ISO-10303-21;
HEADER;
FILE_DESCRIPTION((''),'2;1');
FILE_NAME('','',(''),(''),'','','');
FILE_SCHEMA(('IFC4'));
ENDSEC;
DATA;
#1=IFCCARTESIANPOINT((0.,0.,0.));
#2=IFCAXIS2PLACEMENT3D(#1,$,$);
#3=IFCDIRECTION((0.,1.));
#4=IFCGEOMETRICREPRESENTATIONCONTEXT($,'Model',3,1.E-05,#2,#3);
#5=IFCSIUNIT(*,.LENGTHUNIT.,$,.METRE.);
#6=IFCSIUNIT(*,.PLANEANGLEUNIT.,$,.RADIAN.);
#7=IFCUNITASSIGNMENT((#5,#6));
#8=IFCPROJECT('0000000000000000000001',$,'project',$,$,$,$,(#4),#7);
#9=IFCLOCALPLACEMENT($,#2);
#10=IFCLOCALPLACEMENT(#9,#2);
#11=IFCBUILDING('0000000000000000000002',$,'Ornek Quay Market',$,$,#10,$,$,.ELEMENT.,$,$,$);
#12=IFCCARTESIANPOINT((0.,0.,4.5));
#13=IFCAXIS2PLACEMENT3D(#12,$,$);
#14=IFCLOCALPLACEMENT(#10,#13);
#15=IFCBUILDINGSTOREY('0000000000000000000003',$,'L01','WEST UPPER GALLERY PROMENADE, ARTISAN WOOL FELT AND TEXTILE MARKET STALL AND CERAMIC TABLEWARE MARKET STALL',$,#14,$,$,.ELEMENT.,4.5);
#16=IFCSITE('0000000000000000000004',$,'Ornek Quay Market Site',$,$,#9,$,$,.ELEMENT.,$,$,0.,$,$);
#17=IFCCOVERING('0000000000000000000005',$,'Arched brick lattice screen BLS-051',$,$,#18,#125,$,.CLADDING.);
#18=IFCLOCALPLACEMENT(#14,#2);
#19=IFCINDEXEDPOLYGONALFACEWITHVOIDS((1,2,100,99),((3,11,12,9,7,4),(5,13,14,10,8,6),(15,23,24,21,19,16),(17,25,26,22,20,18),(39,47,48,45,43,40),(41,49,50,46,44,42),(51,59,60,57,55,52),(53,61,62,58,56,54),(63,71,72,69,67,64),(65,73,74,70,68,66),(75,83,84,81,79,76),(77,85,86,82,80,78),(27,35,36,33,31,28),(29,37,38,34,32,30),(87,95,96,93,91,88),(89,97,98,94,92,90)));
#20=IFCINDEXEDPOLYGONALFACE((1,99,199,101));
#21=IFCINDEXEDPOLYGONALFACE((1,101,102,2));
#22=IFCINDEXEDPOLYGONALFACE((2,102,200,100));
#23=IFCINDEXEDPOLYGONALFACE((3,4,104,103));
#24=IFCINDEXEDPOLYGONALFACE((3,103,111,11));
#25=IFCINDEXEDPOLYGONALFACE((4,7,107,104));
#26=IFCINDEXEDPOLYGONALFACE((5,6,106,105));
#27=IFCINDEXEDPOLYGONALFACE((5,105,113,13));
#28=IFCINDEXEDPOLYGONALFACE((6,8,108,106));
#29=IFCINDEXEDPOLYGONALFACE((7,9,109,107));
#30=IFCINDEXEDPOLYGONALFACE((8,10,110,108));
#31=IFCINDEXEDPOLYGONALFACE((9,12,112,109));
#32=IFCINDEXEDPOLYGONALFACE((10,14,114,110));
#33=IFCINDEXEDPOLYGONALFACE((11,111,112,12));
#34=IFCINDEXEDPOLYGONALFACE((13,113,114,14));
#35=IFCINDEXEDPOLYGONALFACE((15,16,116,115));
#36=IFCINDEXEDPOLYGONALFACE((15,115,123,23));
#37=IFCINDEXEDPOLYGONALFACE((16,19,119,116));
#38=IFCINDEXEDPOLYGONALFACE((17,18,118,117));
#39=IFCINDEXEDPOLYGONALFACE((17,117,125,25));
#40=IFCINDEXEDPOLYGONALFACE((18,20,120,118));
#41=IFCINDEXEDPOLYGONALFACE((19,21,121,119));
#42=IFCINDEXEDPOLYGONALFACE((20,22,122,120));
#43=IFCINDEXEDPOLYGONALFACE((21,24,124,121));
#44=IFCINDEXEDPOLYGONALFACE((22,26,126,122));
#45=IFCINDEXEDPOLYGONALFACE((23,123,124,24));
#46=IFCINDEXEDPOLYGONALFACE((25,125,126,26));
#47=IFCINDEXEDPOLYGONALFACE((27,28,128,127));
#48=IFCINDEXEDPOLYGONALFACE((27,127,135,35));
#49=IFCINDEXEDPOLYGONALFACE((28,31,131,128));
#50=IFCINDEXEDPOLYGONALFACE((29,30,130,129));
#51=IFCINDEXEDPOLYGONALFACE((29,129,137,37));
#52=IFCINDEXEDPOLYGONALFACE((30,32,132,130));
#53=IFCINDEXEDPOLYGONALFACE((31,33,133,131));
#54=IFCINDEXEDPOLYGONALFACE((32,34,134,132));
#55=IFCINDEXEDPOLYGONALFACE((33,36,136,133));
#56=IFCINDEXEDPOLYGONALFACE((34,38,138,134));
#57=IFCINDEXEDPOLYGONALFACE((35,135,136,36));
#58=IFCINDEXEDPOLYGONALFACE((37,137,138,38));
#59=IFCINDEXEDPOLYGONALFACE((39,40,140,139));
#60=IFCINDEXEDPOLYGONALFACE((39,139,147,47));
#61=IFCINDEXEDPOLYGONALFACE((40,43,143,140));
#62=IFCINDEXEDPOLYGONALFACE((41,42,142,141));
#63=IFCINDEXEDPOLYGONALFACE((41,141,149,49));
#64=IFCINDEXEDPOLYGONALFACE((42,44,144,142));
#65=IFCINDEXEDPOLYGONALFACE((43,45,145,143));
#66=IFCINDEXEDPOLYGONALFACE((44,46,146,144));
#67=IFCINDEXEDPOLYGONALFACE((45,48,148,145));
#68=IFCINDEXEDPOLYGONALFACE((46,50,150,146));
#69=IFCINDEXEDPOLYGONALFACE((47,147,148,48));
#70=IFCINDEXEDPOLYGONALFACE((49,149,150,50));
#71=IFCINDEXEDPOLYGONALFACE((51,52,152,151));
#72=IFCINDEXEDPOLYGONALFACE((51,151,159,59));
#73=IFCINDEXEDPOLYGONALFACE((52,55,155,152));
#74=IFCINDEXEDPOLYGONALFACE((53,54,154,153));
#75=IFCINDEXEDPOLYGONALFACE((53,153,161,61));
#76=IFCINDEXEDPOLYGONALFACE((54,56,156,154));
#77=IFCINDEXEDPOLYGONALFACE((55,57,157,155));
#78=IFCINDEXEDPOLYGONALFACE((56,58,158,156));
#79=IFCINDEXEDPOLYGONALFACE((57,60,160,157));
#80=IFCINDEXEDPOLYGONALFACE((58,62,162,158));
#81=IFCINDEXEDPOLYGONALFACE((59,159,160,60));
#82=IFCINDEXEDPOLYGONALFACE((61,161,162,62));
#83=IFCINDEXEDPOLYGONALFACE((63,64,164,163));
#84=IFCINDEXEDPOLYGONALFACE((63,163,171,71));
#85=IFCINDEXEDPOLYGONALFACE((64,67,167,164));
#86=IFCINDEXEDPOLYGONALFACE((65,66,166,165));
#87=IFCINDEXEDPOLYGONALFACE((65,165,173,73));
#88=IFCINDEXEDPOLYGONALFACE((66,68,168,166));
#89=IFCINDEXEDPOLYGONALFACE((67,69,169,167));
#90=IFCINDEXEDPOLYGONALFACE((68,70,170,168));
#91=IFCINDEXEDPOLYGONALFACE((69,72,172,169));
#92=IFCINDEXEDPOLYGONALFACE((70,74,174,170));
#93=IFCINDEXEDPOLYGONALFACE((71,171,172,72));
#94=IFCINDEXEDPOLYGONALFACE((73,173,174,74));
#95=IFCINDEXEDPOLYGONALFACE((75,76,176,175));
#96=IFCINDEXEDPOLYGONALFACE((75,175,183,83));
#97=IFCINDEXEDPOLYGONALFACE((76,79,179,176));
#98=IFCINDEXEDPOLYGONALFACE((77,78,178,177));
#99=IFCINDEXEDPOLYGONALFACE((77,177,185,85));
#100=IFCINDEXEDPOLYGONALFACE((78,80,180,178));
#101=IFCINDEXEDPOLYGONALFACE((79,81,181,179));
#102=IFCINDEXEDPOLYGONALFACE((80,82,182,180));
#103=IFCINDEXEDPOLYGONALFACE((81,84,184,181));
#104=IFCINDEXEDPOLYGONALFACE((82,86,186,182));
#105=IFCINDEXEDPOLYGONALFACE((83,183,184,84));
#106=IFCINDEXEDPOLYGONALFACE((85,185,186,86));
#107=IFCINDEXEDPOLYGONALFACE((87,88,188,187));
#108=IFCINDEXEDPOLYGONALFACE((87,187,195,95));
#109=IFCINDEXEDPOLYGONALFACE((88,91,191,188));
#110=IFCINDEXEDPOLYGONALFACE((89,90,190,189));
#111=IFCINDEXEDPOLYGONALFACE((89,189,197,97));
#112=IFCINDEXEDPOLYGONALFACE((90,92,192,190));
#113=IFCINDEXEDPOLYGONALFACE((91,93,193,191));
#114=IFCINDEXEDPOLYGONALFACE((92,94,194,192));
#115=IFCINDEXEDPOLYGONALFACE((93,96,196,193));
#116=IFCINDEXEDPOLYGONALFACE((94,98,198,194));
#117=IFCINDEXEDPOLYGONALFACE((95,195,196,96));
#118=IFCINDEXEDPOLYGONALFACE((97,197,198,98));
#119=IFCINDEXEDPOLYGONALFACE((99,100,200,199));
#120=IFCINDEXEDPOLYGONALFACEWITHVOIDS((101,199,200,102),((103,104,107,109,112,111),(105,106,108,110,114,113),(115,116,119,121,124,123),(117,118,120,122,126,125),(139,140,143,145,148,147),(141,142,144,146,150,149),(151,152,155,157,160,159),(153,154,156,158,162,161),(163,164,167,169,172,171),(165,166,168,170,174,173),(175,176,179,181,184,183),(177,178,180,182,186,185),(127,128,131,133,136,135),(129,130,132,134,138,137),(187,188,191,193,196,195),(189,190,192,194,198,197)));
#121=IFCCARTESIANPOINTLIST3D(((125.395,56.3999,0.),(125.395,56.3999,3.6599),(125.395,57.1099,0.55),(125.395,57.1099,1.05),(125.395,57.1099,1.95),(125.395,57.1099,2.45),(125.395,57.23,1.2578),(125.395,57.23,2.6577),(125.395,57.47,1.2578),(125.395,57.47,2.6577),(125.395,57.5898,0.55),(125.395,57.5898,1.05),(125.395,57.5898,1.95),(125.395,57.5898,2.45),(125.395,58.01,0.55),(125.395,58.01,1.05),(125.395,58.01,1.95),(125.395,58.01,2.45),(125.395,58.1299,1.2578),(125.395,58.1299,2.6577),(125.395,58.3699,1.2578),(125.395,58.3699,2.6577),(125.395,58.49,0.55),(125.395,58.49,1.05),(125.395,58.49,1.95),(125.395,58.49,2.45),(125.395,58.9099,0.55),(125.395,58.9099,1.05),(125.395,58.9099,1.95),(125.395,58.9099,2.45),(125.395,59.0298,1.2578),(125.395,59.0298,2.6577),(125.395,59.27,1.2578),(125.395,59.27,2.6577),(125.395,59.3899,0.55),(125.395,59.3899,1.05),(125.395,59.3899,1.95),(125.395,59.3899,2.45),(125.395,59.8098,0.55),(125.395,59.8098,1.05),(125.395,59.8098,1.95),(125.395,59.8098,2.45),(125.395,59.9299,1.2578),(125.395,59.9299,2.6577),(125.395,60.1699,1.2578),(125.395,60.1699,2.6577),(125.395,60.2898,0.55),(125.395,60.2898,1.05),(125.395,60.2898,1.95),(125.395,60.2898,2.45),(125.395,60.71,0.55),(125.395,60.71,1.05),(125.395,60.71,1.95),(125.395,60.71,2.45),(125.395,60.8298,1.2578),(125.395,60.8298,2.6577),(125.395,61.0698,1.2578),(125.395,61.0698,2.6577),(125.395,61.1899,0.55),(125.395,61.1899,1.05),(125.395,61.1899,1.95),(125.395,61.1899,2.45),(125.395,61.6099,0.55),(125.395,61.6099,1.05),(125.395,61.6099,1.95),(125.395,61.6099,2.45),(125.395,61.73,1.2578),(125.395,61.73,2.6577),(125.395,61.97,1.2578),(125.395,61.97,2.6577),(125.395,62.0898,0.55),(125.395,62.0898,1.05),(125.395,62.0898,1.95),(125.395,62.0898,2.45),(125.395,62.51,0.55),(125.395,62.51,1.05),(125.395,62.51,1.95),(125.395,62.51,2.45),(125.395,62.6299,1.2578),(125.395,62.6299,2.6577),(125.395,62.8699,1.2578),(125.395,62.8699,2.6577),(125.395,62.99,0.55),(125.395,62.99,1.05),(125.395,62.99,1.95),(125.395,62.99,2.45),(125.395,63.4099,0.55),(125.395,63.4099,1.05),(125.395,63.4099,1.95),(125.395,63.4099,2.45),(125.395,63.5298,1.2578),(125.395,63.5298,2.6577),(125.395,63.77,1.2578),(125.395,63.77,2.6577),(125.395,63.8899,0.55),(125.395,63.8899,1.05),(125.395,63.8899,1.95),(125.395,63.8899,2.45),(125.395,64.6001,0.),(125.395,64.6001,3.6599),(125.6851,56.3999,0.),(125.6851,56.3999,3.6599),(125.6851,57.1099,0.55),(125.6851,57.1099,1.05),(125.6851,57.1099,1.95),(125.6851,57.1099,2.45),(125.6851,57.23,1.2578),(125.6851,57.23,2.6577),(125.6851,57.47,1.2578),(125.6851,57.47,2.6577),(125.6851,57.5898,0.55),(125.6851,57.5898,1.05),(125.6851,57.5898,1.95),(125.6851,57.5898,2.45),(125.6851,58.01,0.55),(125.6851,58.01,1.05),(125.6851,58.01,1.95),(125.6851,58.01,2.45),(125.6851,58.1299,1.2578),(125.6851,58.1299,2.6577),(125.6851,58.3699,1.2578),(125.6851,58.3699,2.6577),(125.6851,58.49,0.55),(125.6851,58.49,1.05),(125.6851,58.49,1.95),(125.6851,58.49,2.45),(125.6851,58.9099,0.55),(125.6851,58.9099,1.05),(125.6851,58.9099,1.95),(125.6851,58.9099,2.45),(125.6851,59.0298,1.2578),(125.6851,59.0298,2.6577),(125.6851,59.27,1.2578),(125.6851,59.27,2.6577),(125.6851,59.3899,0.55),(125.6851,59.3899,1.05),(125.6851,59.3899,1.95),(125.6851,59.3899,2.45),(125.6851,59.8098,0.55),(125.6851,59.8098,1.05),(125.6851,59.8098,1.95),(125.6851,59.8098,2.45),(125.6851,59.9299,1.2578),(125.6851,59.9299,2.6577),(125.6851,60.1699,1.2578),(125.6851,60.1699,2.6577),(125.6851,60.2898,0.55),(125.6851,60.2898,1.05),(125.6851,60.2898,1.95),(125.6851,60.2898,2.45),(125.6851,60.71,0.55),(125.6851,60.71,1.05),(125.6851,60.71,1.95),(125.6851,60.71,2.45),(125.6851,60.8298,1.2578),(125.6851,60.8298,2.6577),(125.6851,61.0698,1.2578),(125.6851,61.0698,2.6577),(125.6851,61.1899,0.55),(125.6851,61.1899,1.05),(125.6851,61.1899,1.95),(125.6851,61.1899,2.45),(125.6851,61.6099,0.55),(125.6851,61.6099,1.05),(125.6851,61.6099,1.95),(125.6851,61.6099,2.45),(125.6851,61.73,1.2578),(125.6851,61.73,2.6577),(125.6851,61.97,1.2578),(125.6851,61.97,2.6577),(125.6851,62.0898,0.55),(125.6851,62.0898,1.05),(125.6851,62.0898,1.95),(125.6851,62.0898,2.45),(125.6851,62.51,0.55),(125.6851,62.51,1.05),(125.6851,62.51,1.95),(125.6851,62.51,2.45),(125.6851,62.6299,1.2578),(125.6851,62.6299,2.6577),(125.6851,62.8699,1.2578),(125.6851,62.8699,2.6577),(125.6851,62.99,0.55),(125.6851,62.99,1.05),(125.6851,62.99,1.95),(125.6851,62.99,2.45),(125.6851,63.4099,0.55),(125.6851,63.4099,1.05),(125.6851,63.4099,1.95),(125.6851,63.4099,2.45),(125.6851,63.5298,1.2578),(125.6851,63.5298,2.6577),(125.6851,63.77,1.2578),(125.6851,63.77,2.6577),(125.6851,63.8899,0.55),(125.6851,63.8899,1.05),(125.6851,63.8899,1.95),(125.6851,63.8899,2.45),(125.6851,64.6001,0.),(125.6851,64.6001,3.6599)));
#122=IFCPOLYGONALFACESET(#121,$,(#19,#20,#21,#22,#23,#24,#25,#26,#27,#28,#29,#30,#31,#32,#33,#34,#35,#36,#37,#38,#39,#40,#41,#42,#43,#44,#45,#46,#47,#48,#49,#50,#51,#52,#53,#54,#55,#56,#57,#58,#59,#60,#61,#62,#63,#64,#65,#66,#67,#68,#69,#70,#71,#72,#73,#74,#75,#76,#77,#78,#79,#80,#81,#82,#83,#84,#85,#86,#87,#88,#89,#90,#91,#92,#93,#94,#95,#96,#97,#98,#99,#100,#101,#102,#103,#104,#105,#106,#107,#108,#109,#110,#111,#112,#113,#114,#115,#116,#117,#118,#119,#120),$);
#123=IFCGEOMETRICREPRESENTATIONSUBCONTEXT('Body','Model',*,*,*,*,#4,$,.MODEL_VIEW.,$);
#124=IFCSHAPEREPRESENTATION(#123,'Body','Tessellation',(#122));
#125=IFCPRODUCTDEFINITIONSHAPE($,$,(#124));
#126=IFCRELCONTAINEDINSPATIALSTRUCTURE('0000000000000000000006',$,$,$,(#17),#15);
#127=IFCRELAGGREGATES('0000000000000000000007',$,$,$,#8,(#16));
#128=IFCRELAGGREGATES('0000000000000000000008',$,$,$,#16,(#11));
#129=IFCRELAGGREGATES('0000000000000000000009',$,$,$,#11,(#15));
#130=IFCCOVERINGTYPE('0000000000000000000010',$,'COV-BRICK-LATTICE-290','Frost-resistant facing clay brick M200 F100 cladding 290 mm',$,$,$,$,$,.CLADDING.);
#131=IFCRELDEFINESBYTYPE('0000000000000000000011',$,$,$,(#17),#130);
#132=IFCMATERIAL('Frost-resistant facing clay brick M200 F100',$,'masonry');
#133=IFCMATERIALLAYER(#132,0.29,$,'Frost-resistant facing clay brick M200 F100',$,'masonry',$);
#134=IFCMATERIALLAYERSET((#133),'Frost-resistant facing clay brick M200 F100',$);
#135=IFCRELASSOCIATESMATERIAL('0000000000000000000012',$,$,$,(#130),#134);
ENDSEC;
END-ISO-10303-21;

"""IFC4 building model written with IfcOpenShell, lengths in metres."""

from ifc_helpers import new_model, si_unit, direction, frame, origin, place, context, subcontext, project, spatial, polyline, outline, extrude, material, layer, layer_set, type_object, element, save


model = new_model("IFC4")

# Units and contexts
model_context = context("Model", 3, precision=1e-05, world=origin(), true_north=direction((0.0, 1.0)))
body_context = subcontext(model_context, "Body", "Model", "MODEL_VIEW")
ifc_project = project(units=[si_unit("LENGTHUNIT", "METRE"), si_unit("PLANEANGLEUNIT", "RADIAN")], contexts=[model_context])

# Site, building, storey
site_placement = place(None, origin())
site = spatial("IfcSite", under=ifc_project, at=site_placement, Name="Ornek Quay Market Site", CompositionType="ELEMENT", RefElevation=0.0)
building_placement = place(site_placement, origin())
building = spatial("IfcBuilding", under=site, at=building_placement, Name="Ornek Quay Market", CompositionType="ELEMENT")
storey_placement = place(building_placement, frame((0.0, 0.0, 4.5)))
storey = spatial("IfcBuildingStorey", under=building, at=storey_placement, Name="L01", Description="WEST UPPER GALLERY PROMENADE, ARTISAN WOOL FELT AND TEXTILE MARKET STALL AND CERAMIC TABLEWARE MARKET STALL", CompositionType="ELEMENT", Elevation=4.5)

# Shared definitions
ifc_material_1 = material(Name="Frost-resistant facing clay brick M200 F100", Category="masonry")

# Covering
ifc_layer_1 = layer(ifc_material_1, 0.29, Name="Frost-resistant facing clay brick M200 F100", Category="masonry")
ifc_layer_set_1 = layer_set([ifc_layer_1], Name="Frost-resistant facing clay brick M200 F100")
covering_type = type_object("IfcCoveringType", Name="COV-BRICK-LATTICE-290", Description="Frost-resistant facing clay brick M200 F100 cladding 290 mm", PredefinedType="CLADDING", material=ifc_layer_set_1)
covering_1_placement = place(storey_placement, frame((125.54, 56.3999, 0.0), z_axis=(0.0, 0.0, 1.0), x_axis=(0.0, 1.0, 0.0)))
element("IfcCovering", 1, at=covering_1_placement, inside=storey, type_object=covering_type, Name="Arched brick lattice screen BLS-051", PredefinedType="CLADDING", context=body_context, shape_type="SweptSolid", body=[
    extrude(outline(polyline([(0.0, 0.0), (8.2002, 0.0), (8.2002, 3.6599), (0.0, 3.6599), (0.0, 0.0)]), holes=[polyline([(0.71, 0.55), (1.1899, 0.55), (1.1899, 1.05), (1.0701, 1.2578), (0.8301, 1.2578), (0.71, 1.05), (0.71, 0.55)]), polyline([(0.71, 1.95), (1.1899, 1.95), (1.1899, 2.45), (1.0701, 2.6577), (0.8301, 2.6577), (0.71, 2.45), (0.71, 1.95)]), polyline([(1.6101, 0.55), (2.0901, 0.55), (2.0901, 1.05), (1.97, 1.2578), (1.73, 1.2578), (1.6101, 1.05), (1.6101, 0.55)]), polyline([(1.6101, 1.95), (2.0901, 1.95), (2.0901, 2.45), (1.97, 2.6577), (1.73, 2.6577), (1.6101, 2.45), (1.6101, 1.95)]), polyline([(2.51, 0.55), (2.99, 0.55), (2.99, 1.05), (2.8701, 1.2578), (2.6299, 1.2578), (2.51, 1.05), (2.51, 0.55)]), polyline([(2.51, 1.95), (2.99, 1.95), (2.99, 2.45), (2.8701, 2.6577), (2.6299, 2.6577), (2.51, 2.45), (2.51, 1.95)]), polyline([(3.4099, 0.55), (3.8899, 0.55), (3.8899, 1.05), (3.77, 1.2578), (3.53, 1.2578), (3.4099, 1.05), (3.4099, 0.55)]), polyline([(3.4099, 1.95), (3.8899, 1.95), (3.8899, 2.45), (3.77, 2.6577), (3.53, 2.6577), (3.4099, 2.45), (3.4099, 1.95)]), polyline([(4.3101, 0.55), (4.79, 0.55), (4.79, 1.05), (4.6699, 1.2578), (4.4299, 1.2578), (4.3101, 1.05), (4.3101, 0.55)]), polyline([(4.3101, 1.95), (4.79, 1.95), (4.79, 2.45), (4.6699, 2.6577), (4.4299, 2.6577), (4.3101, 2.45), (4.3101, 1.95)]), polyline([(5.21, 0.55), (5.6899, 0.55), (5.6899, 1.05), (5.5701, 1.2578), (5.3301, 1.2578), (5.21, 1.05), (5.21, 0.55)]), polyline([(5.21, 1.95), (5.6899, 1.95), (5.6899, 2.45), (5.5701, 2.6577), (5.3301, 2.6577), (5.21, 2.45), (5.21, 1.95)]), polyline([(6.1101, 0.55), (6.5901, 0.55), (6.5901, 1.05), (6.47, 1.2578), (6.23, 1.2578), (6.1101, 1.05), (6.1101, 0.55)]), polyline([(6.1101, 1.95), (6.5901, 1.95), (6.5901, 2.45), (6.47, 2.6577), (6.23, 2.6577), (6.1101, 2.45), (6.1101, 1.95)]), polyline([(7.01, 0.55), (7.49, 0.55), (7.49, 1.05), (7.3701, 1.2578), (7.1299, 1.2578), (7.01, 1.05), (7.01, 0.55)]), polyline([(7.01, 1.95), (7.49, 1.95), (7.49, 2.45), (7.3701, 2.6577), (7.1299, 2.6577), (7.01, 2.45), (7.01, 1.95)])]), frame((0.0, 0.145, 0.0), z_axis=(0.0, -1.0, 0.0), x_axis=(1.0, 0.0, 0.0)), (0.0, 0.0, 1.0), 0.29),
])

save(model, "model.ifc")
